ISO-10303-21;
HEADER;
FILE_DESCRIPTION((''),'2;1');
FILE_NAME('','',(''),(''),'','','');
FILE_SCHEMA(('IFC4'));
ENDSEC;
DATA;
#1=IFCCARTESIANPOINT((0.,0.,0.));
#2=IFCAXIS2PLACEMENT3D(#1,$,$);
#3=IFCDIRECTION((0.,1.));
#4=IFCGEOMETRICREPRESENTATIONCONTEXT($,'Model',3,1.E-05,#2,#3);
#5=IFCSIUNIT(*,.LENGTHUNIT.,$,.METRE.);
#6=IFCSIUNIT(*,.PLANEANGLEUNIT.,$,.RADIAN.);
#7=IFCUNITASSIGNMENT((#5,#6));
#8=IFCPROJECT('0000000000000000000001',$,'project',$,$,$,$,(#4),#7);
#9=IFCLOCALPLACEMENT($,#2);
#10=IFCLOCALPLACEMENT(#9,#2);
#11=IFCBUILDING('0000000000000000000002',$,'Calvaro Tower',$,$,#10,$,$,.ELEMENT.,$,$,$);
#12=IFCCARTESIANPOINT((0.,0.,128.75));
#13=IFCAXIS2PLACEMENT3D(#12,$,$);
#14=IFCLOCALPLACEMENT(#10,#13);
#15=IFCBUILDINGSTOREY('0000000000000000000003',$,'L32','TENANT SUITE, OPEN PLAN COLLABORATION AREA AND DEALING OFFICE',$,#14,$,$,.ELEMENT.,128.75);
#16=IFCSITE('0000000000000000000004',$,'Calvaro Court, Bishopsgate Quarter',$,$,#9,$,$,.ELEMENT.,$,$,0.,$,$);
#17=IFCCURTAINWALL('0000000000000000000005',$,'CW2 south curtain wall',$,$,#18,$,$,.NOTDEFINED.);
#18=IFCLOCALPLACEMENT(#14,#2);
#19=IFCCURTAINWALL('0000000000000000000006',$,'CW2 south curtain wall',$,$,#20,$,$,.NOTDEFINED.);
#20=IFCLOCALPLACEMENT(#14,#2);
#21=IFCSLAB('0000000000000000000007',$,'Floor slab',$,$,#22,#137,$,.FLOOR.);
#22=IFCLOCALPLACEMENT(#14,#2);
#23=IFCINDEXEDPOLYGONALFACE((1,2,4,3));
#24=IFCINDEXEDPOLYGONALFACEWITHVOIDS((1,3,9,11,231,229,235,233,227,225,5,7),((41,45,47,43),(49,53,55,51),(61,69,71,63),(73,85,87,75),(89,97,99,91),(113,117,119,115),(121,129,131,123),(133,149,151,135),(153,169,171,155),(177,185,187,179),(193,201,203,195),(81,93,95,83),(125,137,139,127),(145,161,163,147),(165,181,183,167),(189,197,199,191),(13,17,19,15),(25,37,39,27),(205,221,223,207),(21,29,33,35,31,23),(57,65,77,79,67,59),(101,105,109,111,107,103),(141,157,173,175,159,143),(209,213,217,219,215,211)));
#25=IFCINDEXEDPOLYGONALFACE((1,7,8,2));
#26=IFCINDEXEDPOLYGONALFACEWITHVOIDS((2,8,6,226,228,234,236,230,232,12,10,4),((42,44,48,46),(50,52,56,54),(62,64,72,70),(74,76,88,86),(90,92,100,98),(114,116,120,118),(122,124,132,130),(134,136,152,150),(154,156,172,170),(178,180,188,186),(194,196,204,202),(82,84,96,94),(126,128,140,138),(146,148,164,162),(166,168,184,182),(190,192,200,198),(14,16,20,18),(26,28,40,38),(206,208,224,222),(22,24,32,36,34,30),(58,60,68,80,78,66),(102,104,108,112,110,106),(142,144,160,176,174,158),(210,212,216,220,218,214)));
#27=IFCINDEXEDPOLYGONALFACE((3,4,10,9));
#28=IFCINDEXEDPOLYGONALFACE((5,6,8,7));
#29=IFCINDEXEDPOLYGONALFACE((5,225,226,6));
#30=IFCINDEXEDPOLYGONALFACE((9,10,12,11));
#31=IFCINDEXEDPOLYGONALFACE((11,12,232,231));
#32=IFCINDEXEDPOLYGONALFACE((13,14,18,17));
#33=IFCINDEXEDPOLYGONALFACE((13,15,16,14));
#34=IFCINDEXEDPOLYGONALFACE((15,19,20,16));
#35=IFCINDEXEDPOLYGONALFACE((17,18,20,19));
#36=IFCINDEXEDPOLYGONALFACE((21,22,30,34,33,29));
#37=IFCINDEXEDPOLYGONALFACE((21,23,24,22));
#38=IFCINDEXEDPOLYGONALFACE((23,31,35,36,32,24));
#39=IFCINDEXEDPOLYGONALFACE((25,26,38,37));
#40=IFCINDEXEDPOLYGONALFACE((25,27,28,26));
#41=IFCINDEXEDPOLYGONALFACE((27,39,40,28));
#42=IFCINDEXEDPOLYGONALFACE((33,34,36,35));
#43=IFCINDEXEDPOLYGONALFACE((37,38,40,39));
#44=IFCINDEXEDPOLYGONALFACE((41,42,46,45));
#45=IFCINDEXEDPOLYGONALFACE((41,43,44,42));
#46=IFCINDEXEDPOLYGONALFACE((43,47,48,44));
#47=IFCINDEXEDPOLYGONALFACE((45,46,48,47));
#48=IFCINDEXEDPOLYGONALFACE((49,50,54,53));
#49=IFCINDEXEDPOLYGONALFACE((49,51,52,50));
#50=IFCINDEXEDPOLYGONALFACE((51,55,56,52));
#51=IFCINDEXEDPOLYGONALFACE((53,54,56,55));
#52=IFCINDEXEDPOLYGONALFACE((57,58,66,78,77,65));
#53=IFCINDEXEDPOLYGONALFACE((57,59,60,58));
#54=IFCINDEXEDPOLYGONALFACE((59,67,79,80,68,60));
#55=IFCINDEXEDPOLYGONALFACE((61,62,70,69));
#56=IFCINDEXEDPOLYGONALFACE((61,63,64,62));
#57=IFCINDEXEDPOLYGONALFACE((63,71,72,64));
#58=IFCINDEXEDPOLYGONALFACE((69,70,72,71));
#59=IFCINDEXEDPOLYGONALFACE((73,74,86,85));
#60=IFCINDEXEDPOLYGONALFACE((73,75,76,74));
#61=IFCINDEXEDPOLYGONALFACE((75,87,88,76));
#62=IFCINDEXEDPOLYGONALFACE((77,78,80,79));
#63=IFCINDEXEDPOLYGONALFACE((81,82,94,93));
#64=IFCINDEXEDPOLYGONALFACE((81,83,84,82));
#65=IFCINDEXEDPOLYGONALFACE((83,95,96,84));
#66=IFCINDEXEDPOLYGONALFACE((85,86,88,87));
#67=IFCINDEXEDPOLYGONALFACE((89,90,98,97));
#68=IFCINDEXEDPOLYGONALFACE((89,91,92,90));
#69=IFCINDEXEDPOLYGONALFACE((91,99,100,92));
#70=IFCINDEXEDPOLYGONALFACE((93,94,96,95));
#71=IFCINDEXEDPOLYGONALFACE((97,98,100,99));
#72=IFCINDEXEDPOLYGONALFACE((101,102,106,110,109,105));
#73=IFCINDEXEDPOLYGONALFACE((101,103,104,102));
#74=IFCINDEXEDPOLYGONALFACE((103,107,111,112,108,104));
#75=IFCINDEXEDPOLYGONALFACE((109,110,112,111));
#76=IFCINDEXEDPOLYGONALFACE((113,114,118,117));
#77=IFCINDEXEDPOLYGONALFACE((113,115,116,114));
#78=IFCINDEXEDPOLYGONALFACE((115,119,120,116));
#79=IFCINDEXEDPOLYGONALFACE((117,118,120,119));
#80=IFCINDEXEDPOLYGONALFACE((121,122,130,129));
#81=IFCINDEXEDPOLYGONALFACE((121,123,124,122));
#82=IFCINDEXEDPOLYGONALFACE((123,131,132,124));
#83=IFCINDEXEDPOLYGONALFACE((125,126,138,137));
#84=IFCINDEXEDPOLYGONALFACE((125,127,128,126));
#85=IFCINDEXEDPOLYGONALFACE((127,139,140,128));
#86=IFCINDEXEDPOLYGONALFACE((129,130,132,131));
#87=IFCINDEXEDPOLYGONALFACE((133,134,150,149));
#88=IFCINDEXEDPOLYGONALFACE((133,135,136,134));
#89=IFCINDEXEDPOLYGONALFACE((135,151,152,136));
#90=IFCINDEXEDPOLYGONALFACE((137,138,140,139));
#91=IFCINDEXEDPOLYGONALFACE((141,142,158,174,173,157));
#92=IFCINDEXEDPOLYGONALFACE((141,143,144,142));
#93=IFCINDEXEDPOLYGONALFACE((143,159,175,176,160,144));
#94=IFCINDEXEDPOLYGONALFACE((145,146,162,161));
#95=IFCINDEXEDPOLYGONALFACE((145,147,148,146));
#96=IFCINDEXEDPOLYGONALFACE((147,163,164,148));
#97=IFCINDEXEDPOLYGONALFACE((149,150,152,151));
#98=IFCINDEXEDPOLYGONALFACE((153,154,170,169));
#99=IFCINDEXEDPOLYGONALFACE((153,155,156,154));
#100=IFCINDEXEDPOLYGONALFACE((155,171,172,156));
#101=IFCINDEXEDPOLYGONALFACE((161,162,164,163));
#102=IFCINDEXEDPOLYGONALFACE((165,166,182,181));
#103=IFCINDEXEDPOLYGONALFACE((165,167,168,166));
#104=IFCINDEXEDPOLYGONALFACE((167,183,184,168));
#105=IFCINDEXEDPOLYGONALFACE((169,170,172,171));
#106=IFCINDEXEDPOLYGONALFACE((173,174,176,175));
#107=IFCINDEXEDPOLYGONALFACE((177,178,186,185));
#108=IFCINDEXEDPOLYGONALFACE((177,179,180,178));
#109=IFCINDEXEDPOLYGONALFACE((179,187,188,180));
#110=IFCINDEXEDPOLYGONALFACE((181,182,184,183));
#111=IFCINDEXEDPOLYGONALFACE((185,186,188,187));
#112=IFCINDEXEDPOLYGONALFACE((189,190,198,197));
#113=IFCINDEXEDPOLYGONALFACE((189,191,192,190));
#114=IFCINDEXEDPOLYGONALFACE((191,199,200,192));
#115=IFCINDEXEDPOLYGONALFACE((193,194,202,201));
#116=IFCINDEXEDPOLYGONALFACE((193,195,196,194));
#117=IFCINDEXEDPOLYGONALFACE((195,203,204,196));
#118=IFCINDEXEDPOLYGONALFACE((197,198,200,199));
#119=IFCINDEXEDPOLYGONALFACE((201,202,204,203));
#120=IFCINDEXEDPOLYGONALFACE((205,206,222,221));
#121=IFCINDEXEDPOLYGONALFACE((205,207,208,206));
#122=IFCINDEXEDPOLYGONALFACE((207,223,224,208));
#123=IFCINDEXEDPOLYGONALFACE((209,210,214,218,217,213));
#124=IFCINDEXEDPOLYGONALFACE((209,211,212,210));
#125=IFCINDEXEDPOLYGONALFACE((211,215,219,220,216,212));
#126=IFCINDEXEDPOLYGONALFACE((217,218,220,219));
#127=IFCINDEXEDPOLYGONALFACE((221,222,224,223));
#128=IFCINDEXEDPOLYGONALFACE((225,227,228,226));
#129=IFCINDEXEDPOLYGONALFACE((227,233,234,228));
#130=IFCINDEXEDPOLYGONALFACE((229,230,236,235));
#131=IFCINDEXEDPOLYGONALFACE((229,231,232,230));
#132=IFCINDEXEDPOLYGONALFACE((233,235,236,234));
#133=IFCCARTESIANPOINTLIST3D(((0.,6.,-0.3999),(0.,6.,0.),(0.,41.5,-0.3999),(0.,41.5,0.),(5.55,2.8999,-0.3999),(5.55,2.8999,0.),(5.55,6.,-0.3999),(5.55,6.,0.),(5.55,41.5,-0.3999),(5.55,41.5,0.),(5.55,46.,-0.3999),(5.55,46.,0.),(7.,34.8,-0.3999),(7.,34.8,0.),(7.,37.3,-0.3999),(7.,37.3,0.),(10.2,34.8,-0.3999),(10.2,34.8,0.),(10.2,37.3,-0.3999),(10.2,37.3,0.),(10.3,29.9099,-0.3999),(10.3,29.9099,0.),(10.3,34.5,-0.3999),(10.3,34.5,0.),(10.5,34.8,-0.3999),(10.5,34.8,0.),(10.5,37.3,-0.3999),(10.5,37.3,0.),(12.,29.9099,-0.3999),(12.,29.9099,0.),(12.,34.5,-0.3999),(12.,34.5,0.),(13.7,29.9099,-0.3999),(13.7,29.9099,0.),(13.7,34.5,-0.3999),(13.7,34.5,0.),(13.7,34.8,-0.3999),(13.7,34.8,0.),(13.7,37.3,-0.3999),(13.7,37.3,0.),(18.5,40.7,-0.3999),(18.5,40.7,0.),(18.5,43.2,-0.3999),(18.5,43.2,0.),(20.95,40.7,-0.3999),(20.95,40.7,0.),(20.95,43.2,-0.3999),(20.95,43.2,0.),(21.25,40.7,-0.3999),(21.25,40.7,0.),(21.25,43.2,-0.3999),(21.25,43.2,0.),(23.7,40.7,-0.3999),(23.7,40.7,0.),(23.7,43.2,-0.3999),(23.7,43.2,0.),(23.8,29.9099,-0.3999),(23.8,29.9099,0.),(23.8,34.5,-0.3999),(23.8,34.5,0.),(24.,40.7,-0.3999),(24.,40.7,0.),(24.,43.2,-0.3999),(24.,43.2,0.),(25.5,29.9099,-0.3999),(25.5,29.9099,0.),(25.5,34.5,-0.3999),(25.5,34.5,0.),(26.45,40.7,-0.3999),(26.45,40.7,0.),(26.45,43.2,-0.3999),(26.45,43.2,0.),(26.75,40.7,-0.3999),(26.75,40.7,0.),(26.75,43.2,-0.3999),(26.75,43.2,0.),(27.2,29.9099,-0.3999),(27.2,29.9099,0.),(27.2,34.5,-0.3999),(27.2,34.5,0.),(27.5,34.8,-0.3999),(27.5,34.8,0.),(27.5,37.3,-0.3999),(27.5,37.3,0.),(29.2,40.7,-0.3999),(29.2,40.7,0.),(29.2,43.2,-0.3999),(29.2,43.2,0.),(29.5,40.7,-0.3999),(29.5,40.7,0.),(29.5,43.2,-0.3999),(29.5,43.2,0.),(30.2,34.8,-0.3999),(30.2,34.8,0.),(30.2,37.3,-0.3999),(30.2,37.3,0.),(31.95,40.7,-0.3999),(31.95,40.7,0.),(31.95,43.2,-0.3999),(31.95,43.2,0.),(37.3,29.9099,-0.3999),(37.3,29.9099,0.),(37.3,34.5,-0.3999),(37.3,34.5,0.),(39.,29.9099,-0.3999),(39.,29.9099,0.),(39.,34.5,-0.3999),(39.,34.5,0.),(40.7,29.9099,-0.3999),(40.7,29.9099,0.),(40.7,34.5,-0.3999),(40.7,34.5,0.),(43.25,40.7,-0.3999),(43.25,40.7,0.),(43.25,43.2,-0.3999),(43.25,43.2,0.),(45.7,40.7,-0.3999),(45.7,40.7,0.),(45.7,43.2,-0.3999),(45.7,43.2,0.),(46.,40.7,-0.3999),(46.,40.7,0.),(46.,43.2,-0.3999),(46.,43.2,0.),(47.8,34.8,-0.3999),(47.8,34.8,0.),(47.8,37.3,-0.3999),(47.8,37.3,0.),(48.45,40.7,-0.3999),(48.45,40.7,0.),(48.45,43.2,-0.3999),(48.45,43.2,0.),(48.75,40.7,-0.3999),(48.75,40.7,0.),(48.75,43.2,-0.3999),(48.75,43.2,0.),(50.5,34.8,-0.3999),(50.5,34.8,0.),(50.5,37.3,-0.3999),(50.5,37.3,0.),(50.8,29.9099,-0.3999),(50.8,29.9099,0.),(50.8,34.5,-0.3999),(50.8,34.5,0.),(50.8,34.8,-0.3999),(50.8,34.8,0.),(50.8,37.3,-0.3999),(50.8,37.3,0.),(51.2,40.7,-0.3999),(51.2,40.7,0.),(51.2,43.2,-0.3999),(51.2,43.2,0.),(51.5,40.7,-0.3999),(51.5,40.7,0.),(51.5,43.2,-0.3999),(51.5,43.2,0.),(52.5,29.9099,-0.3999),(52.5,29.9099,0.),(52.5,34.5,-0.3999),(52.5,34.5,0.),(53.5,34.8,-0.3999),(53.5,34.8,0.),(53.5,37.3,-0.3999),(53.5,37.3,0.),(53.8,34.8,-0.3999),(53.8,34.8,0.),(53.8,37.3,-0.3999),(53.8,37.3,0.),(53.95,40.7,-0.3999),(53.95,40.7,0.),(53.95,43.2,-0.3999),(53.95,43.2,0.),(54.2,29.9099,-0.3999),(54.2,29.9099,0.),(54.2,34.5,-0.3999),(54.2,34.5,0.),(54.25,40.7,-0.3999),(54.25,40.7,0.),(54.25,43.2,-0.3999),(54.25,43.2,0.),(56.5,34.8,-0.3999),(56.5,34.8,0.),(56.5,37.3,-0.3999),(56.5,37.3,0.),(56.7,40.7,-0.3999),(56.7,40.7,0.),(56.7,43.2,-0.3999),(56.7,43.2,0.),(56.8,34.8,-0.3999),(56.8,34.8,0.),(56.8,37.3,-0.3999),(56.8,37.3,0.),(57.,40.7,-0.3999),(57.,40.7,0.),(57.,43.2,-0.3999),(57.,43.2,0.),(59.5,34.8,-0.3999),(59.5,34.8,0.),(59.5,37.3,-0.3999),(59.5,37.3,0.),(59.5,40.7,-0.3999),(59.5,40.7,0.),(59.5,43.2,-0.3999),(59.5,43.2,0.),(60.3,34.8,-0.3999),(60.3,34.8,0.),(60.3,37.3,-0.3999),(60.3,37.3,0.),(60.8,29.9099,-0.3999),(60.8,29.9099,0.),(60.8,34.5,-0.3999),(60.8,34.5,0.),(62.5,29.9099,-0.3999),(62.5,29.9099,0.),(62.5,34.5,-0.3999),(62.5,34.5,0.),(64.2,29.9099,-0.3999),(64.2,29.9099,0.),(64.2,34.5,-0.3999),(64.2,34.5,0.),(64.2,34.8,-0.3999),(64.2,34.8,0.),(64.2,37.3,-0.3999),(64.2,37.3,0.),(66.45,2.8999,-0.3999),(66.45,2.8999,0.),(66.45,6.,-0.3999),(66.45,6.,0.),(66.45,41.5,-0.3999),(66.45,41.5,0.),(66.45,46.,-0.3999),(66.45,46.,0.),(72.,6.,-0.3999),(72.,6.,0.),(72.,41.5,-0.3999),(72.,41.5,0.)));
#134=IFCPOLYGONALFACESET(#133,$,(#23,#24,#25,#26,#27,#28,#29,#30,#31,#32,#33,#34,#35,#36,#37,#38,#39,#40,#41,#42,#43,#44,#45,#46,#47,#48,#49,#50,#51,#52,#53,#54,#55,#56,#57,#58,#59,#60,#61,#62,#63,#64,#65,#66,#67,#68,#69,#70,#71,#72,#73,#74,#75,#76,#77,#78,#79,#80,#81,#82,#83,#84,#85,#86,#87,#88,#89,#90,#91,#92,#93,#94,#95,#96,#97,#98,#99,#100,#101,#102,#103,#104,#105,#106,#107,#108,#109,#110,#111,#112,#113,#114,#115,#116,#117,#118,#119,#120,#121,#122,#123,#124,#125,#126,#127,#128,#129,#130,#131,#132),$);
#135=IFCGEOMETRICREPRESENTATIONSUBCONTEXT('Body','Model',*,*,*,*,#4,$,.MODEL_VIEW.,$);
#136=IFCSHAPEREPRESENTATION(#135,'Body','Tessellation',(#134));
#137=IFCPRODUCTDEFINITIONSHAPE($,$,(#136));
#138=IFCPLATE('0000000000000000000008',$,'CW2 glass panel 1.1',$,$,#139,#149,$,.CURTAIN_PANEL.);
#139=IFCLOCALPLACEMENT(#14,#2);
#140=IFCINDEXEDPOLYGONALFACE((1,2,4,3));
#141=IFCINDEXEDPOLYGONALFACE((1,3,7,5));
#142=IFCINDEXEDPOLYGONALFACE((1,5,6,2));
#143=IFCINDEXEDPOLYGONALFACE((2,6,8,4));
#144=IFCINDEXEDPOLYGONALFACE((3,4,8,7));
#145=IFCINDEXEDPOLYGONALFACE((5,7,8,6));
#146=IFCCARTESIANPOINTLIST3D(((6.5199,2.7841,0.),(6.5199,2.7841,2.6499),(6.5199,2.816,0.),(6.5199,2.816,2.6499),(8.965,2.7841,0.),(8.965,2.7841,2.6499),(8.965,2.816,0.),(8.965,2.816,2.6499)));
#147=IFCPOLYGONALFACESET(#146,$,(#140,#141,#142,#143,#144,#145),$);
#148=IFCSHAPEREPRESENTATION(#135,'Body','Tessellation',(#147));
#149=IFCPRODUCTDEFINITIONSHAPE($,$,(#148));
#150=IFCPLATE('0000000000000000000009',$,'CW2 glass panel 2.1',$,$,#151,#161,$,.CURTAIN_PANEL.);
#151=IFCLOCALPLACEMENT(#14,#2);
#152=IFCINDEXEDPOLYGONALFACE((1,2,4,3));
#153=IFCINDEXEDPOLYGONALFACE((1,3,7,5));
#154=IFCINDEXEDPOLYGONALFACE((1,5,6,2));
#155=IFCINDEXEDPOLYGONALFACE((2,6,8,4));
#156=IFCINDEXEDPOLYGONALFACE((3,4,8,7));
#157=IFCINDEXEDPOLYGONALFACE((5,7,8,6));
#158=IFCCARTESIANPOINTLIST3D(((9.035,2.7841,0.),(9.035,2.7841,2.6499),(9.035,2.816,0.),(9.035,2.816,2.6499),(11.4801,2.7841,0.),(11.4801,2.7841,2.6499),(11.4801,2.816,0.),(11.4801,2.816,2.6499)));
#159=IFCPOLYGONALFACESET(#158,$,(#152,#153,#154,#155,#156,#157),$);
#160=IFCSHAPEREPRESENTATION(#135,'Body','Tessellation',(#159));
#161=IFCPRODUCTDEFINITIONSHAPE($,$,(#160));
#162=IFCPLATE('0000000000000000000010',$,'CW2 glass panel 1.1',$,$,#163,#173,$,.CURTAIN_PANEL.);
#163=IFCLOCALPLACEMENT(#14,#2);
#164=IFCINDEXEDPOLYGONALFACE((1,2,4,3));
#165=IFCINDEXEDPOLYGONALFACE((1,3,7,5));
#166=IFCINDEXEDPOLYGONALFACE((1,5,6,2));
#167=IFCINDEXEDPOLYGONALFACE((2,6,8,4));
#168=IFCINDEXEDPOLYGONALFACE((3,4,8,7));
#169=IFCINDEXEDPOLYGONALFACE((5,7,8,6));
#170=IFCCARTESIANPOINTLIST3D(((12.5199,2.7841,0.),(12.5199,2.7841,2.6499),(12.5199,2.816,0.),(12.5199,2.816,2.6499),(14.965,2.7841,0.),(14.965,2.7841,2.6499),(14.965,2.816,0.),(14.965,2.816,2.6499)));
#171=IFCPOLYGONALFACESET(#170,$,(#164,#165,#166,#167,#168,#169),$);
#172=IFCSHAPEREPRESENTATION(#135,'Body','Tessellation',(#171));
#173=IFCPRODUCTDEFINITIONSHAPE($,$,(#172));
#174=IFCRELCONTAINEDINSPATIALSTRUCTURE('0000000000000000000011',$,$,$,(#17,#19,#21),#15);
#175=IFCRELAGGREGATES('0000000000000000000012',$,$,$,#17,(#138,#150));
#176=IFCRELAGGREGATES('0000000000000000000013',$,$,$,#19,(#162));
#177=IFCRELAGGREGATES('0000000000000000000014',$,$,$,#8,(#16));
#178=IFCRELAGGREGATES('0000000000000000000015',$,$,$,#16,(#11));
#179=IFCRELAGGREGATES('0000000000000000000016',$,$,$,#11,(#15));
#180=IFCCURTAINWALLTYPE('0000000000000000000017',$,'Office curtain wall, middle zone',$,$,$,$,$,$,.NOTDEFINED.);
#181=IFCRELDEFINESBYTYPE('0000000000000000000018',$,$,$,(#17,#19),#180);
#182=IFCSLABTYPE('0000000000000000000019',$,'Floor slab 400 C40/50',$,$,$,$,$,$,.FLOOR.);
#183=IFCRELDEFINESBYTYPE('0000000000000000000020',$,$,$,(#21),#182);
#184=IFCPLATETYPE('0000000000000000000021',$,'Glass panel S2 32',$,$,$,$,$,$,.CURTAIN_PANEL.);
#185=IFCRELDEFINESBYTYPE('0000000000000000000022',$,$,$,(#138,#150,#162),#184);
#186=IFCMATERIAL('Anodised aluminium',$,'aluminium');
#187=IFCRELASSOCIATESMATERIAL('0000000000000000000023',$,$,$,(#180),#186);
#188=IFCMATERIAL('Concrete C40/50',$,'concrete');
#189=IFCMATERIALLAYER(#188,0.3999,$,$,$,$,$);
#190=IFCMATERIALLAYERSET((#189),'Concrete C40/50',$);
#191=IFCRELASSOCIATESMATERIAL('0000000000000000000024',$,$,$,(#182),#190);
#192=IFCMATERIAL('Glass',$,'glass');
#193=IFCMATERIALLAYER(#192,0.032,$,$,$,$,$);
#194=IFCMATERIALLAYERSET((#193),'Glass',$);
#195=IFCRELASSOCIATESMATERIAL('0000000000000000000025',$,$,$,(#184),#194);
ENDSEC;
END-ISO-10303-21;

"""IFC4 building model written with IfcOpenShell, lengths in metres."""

from ifc_helpers import new_model, si_unit, direction, frame, origin, origin_2d, place, context, subcontext, project, spatial, polyline, rectangle, outline, extrude, material, layer, layer_set, type_object, element, aggregate, save


model = new_model("IFC4")

# Units and contexts
model_context = context("Model", 3, precision=1e-05, world=origin(), true_north=direction((0.0, 1.0)))
body_context = subcontext(model_context, "Body", "Model", "MODEL_VIEW")
ifc_project = project(units=[si_unit("LENGTHUNIT", "METRE"), si_unit("PLANEANGLEUNIT", "RADIAN")], contexts=[model_context])

# Site, building, storey
site_placement = place(None, origin())
site = spatial("IfcSite", under=ifc_project, at=site_placement, Name="Calvaro Court, Bishopsgate Quarter", CompositionType="ELEMENT", RefElevation=0.0)
building_placement = place(site_placement, origin())
building = spatial("IfcBuilding", under=site, at=building_placement, Name="Calvaro Tower", CompositionType="ELEMENT")
storey_placement = place(building_placement, frame((0.0, 0.0, 128.75)))
storey = spatial("IfcBuildingStorey", under=building, at=storey_placement, Name="L32", Description="TENANT SUITE, OPEN PLAN COLLABORATION AREA AND DEALING OFFICE", CompositionType="ELEMENT", Elevation=128.75)

# Curtain walls
ifc_material_1 = material(Name="Anodised aluminium", Category="aluminium")
curtain_wall_type = type_object("IfcCurtainWallType", Name="Office curtain wall, middle zone", PredefinedType="NOTDEFINED", material=ifc_material_1)
curtain_wall_1_placement = place(storey_placement, origin())
curtain_wall_1 = element("IfcCurtainWall", 1, at=curtain_wall_1_placement, inside=storey, type_object=curtain_wall_type, Name="CW2 south curtain wall", PredefinedType="NOTDEFINED")
curtain_wall_2_placement = place(storey_placement, origin())
curtain_wall_2 = element("IfcCurtainWall", 2, at=curtain_wall_2_placement, inside=storey, type_object=curtain_wall_type, Name="CW2 south curtain wall", PredefinedType="NOTDEFINED")

# Slab
ifc_material_2 = material(Name="Concrete C40/50", Category="concrete")
ifc_layer_1 = layer(ifc_material_2, 0.3999)
ifc_layer_set_1 = layer_set([ifc_layer_1], Name="Concrete C40/50")
slab_type_1 = type_object("IfcSlabType", Name="Floor slab 400 C40/50", PredefinedType="FLOOR", material=ifc_layer_set_1)
slab_1_placement = place(storey_placement, frame((0.0, 0.0, -0.3999)))
element("IfcSlab", 3, at=slab_1_placement, inside=storey, type_object=slab_type_1, Name="Floor slab", PredefinedType="FLOOR", context=body_context, shape_type="SweptSolid", body=[
    extrude(outline(polyline([(66.45, 6.0), (66.45, 2.8999), (5.55, 2.8999), (5.55, 6.0), (0.0, 6.0), (0.0, 41.5), (5.55, 41.5), (5.55, 46.0), (66.45, 46.0), (66.45, 41.5), (72.0, 41.5), (72.0, 6.0), (66.45, 6.0)]), holes=[polyline([(10.3, 29.9099), (10.3, 34.5), (12.0, 34.5), (13.7, 34.5), (13.7, 29.9099), (12.0, 29.9099), (10.3, 29.9099)]), polyline([(23.8, 29.9099), (23.8, 34.5), (25.5, 34.5), (27.2, 34.5), (27.2, 29.9099), (25.5, 29.9099), (23.8, 29.9099)]), polyline([(37.3, 29.9099), (37.3, 34.5), (39.0, 34.5), (40.7, 34.5), (40.7, 29.9099), (39.0, 29.9099), (37.3, 29.9099)]), polyline([(50.8, 29.9099), (50.8, 34.5), (52.5, 34.5), (54.2, 34.5), (54.2, 29.9099), (52.5, 29.9099), (50.8, 29.9099)]), polyline([(60.8, 29.9099), (60.8, 34.5), (62.5, 34.5), (64.2, 34.5), (64.2, 29.9099), (62.5, 29.9099), (60.8, 29.9099)]), polyline([(50.8, 34.8), (53.5, 34.8), (53.5, 37.3), (50.8, 37.3), (50.8, 34.8)]), polyline([(53.8, 34.8), (56.5, 34.8), (56.5, 37.3), (53.8, 37.3), (53.8, 34.8)]), polyline([(56.8, 34.8), (59.5, 34.8), (59.5, 37.3), (56.8, 37.3), (56.8, 34.8)]), polyline([(18.5, 40.7), (20.95, 40.7), (20.95, 43.2), (18.5, 43.2), (18.5, 40.7)]), polyline([(21.25, 40.7), (23.7, 40.7), (23.7, 43.2), (21.25, 43.2), (21.25, 40.7)]), polyline([(24.0, 40.7), (26.45, 40.7), (26.45, 43.2), (24.0, 43.2), (24.0, 40.7)]), polyline([(26.75, 40.7), (29.2, 40.7), (29.2, 43.2), (26.75, 43.2), (26.75, 40.7)]), polyline([(29.5, 40.7), (31.95, 40.7), (31.95, 43.2), (29.5, 43.2), (29.5, 40.7)]), polyline([(43.25, 40.7), (45.7, 40.7), (45.7, 43.2), (43.25, 43.2), (43.25, 40.7)]), polyline([(46.0, 40.7), (48.45, 40.7), (48.45, 43.2), (46.0, 43.2), (46.0, 40.7)]), polyline([(48.75, 40.7), (51.2, 40.7), (51.2, 43.2), (48.75, 43.2), (48.75, 40.7)]), polyline([(51.5, 40.7), (53.95, 40.7), (53.95, 43.2), (51.5, 43.2), (51.5, 40.7)]), polyline([(54.25, 40.7), (56.7, 40.7), (56.7, 43.2), (54.25, 43.2), (54.25, 40.7)]), polyline([(57.0, 40.7), (59.5, 40.7), (59.5, 43.2), (57.0, 43.2), (57.0, 40.7)]), polyline([(7.0, 34.8), (10.2, 34.8), (10.2, 37.3), (7.0, 37.3), (7.0, 34.8)]), polyline([(10.5, 34.8), (13.7, 34.8), (13.7, 37.3), (10.5, 37.3), (10.5, 34.8)]), polyline([(60.3, 34.8), (64.2, 34.8), (64.2, 37.3), (60.3, 37.3), (60.3, 34.8)]), polyline([(27.5, 34.8), (30.2, 34.8), (30.2, 37.3), (27.5, 37.3), (27.5, 34.8)]), polyline([(47.8, 34.8), (50.5, 34.8), (50.5, 37.3), (47.8, 37.3), (47.8, 34.8)])]), origin(), (0.0, 0.0, 1.0), 0.3999),
])

# Plates
ifc_material_3 = material(Name="Glass", Category="glass")
ifc_layer_2 = layer(ifc_material_3, 0.032)
ifc_layer_set_2 = layer_set([ifc_layer_2], Name="Glass")
plate_type = type_object("IfcPlateType", Name="Glass panel S2 32", PredefinedType="CURTAIN_PANEL", material=ifc_layer_set_2)
plate_1_placement = place(storey_placement, frame((7.7424, 2.8, 0.0), z_axis=(0.0, 0.0, 1.0), x_axis=(1.0, 0.0, 0.0)))
plate_1 = element("IfcPlate", 4, at=plate_1_placement, type_object=plate_type, Name="CW2 glass panel 1.1", PredefinedType="CURTAIN_PANEL", context=body_context, shape_type="SweptSolid", body=[
    extrude(rectangle(XDim=2.4451, YDim=0.032, at=origin_2d()), origin(), (0.0, 0.0, 1.0), 2.6499),
])
plate_2_placement = place(storey_placement, frame((10.2576, 2.8, 0.0), z_axis=(0.0, 0.0, 1.0), x_axis=(1.0, 0.0, 0.0)))
plate_2 = element("IfcPlate", 5, at=plate_2_placement, type_object=plate_type, Name="CW2 glass panel 2.1", PredefinedType="CURTAIN_PANEL", context=body_context, shape_type="SweptSolid", body=[
    extrude(rectangle(XDim=2.4451, YDim=0.032, at=origin_2d()), origin(), (0.0, 0.0, 1.0), 2.6499),
])
aggregate(curtain_wall_1, [plate_1, plate_2])
plate_3_placement = place(storey_placement, frame((13.7424, 2.8, 0.0), z_axis=(0.0, 0.0, 1.0), x_axis=(1.0, 0.0, 0.0)))
plate_3 = element("IfcPlate", 6, at=plate_3_placement, type_object=plate_type, Name="CW2 glass panel 1.1", PredefinedType="CURTAIN_PANEL", context=body_context, shape_type="SweptSolid", body=[
    extrude(rectangle(XDim=2.4451, YDim=0.032, at=origin_2d()), origin(), (0.0, 0.0, 1.0), 2.6499),
])
aggregate(curtain_wall_2, [plate_3])

save(model, "model.ifc")
